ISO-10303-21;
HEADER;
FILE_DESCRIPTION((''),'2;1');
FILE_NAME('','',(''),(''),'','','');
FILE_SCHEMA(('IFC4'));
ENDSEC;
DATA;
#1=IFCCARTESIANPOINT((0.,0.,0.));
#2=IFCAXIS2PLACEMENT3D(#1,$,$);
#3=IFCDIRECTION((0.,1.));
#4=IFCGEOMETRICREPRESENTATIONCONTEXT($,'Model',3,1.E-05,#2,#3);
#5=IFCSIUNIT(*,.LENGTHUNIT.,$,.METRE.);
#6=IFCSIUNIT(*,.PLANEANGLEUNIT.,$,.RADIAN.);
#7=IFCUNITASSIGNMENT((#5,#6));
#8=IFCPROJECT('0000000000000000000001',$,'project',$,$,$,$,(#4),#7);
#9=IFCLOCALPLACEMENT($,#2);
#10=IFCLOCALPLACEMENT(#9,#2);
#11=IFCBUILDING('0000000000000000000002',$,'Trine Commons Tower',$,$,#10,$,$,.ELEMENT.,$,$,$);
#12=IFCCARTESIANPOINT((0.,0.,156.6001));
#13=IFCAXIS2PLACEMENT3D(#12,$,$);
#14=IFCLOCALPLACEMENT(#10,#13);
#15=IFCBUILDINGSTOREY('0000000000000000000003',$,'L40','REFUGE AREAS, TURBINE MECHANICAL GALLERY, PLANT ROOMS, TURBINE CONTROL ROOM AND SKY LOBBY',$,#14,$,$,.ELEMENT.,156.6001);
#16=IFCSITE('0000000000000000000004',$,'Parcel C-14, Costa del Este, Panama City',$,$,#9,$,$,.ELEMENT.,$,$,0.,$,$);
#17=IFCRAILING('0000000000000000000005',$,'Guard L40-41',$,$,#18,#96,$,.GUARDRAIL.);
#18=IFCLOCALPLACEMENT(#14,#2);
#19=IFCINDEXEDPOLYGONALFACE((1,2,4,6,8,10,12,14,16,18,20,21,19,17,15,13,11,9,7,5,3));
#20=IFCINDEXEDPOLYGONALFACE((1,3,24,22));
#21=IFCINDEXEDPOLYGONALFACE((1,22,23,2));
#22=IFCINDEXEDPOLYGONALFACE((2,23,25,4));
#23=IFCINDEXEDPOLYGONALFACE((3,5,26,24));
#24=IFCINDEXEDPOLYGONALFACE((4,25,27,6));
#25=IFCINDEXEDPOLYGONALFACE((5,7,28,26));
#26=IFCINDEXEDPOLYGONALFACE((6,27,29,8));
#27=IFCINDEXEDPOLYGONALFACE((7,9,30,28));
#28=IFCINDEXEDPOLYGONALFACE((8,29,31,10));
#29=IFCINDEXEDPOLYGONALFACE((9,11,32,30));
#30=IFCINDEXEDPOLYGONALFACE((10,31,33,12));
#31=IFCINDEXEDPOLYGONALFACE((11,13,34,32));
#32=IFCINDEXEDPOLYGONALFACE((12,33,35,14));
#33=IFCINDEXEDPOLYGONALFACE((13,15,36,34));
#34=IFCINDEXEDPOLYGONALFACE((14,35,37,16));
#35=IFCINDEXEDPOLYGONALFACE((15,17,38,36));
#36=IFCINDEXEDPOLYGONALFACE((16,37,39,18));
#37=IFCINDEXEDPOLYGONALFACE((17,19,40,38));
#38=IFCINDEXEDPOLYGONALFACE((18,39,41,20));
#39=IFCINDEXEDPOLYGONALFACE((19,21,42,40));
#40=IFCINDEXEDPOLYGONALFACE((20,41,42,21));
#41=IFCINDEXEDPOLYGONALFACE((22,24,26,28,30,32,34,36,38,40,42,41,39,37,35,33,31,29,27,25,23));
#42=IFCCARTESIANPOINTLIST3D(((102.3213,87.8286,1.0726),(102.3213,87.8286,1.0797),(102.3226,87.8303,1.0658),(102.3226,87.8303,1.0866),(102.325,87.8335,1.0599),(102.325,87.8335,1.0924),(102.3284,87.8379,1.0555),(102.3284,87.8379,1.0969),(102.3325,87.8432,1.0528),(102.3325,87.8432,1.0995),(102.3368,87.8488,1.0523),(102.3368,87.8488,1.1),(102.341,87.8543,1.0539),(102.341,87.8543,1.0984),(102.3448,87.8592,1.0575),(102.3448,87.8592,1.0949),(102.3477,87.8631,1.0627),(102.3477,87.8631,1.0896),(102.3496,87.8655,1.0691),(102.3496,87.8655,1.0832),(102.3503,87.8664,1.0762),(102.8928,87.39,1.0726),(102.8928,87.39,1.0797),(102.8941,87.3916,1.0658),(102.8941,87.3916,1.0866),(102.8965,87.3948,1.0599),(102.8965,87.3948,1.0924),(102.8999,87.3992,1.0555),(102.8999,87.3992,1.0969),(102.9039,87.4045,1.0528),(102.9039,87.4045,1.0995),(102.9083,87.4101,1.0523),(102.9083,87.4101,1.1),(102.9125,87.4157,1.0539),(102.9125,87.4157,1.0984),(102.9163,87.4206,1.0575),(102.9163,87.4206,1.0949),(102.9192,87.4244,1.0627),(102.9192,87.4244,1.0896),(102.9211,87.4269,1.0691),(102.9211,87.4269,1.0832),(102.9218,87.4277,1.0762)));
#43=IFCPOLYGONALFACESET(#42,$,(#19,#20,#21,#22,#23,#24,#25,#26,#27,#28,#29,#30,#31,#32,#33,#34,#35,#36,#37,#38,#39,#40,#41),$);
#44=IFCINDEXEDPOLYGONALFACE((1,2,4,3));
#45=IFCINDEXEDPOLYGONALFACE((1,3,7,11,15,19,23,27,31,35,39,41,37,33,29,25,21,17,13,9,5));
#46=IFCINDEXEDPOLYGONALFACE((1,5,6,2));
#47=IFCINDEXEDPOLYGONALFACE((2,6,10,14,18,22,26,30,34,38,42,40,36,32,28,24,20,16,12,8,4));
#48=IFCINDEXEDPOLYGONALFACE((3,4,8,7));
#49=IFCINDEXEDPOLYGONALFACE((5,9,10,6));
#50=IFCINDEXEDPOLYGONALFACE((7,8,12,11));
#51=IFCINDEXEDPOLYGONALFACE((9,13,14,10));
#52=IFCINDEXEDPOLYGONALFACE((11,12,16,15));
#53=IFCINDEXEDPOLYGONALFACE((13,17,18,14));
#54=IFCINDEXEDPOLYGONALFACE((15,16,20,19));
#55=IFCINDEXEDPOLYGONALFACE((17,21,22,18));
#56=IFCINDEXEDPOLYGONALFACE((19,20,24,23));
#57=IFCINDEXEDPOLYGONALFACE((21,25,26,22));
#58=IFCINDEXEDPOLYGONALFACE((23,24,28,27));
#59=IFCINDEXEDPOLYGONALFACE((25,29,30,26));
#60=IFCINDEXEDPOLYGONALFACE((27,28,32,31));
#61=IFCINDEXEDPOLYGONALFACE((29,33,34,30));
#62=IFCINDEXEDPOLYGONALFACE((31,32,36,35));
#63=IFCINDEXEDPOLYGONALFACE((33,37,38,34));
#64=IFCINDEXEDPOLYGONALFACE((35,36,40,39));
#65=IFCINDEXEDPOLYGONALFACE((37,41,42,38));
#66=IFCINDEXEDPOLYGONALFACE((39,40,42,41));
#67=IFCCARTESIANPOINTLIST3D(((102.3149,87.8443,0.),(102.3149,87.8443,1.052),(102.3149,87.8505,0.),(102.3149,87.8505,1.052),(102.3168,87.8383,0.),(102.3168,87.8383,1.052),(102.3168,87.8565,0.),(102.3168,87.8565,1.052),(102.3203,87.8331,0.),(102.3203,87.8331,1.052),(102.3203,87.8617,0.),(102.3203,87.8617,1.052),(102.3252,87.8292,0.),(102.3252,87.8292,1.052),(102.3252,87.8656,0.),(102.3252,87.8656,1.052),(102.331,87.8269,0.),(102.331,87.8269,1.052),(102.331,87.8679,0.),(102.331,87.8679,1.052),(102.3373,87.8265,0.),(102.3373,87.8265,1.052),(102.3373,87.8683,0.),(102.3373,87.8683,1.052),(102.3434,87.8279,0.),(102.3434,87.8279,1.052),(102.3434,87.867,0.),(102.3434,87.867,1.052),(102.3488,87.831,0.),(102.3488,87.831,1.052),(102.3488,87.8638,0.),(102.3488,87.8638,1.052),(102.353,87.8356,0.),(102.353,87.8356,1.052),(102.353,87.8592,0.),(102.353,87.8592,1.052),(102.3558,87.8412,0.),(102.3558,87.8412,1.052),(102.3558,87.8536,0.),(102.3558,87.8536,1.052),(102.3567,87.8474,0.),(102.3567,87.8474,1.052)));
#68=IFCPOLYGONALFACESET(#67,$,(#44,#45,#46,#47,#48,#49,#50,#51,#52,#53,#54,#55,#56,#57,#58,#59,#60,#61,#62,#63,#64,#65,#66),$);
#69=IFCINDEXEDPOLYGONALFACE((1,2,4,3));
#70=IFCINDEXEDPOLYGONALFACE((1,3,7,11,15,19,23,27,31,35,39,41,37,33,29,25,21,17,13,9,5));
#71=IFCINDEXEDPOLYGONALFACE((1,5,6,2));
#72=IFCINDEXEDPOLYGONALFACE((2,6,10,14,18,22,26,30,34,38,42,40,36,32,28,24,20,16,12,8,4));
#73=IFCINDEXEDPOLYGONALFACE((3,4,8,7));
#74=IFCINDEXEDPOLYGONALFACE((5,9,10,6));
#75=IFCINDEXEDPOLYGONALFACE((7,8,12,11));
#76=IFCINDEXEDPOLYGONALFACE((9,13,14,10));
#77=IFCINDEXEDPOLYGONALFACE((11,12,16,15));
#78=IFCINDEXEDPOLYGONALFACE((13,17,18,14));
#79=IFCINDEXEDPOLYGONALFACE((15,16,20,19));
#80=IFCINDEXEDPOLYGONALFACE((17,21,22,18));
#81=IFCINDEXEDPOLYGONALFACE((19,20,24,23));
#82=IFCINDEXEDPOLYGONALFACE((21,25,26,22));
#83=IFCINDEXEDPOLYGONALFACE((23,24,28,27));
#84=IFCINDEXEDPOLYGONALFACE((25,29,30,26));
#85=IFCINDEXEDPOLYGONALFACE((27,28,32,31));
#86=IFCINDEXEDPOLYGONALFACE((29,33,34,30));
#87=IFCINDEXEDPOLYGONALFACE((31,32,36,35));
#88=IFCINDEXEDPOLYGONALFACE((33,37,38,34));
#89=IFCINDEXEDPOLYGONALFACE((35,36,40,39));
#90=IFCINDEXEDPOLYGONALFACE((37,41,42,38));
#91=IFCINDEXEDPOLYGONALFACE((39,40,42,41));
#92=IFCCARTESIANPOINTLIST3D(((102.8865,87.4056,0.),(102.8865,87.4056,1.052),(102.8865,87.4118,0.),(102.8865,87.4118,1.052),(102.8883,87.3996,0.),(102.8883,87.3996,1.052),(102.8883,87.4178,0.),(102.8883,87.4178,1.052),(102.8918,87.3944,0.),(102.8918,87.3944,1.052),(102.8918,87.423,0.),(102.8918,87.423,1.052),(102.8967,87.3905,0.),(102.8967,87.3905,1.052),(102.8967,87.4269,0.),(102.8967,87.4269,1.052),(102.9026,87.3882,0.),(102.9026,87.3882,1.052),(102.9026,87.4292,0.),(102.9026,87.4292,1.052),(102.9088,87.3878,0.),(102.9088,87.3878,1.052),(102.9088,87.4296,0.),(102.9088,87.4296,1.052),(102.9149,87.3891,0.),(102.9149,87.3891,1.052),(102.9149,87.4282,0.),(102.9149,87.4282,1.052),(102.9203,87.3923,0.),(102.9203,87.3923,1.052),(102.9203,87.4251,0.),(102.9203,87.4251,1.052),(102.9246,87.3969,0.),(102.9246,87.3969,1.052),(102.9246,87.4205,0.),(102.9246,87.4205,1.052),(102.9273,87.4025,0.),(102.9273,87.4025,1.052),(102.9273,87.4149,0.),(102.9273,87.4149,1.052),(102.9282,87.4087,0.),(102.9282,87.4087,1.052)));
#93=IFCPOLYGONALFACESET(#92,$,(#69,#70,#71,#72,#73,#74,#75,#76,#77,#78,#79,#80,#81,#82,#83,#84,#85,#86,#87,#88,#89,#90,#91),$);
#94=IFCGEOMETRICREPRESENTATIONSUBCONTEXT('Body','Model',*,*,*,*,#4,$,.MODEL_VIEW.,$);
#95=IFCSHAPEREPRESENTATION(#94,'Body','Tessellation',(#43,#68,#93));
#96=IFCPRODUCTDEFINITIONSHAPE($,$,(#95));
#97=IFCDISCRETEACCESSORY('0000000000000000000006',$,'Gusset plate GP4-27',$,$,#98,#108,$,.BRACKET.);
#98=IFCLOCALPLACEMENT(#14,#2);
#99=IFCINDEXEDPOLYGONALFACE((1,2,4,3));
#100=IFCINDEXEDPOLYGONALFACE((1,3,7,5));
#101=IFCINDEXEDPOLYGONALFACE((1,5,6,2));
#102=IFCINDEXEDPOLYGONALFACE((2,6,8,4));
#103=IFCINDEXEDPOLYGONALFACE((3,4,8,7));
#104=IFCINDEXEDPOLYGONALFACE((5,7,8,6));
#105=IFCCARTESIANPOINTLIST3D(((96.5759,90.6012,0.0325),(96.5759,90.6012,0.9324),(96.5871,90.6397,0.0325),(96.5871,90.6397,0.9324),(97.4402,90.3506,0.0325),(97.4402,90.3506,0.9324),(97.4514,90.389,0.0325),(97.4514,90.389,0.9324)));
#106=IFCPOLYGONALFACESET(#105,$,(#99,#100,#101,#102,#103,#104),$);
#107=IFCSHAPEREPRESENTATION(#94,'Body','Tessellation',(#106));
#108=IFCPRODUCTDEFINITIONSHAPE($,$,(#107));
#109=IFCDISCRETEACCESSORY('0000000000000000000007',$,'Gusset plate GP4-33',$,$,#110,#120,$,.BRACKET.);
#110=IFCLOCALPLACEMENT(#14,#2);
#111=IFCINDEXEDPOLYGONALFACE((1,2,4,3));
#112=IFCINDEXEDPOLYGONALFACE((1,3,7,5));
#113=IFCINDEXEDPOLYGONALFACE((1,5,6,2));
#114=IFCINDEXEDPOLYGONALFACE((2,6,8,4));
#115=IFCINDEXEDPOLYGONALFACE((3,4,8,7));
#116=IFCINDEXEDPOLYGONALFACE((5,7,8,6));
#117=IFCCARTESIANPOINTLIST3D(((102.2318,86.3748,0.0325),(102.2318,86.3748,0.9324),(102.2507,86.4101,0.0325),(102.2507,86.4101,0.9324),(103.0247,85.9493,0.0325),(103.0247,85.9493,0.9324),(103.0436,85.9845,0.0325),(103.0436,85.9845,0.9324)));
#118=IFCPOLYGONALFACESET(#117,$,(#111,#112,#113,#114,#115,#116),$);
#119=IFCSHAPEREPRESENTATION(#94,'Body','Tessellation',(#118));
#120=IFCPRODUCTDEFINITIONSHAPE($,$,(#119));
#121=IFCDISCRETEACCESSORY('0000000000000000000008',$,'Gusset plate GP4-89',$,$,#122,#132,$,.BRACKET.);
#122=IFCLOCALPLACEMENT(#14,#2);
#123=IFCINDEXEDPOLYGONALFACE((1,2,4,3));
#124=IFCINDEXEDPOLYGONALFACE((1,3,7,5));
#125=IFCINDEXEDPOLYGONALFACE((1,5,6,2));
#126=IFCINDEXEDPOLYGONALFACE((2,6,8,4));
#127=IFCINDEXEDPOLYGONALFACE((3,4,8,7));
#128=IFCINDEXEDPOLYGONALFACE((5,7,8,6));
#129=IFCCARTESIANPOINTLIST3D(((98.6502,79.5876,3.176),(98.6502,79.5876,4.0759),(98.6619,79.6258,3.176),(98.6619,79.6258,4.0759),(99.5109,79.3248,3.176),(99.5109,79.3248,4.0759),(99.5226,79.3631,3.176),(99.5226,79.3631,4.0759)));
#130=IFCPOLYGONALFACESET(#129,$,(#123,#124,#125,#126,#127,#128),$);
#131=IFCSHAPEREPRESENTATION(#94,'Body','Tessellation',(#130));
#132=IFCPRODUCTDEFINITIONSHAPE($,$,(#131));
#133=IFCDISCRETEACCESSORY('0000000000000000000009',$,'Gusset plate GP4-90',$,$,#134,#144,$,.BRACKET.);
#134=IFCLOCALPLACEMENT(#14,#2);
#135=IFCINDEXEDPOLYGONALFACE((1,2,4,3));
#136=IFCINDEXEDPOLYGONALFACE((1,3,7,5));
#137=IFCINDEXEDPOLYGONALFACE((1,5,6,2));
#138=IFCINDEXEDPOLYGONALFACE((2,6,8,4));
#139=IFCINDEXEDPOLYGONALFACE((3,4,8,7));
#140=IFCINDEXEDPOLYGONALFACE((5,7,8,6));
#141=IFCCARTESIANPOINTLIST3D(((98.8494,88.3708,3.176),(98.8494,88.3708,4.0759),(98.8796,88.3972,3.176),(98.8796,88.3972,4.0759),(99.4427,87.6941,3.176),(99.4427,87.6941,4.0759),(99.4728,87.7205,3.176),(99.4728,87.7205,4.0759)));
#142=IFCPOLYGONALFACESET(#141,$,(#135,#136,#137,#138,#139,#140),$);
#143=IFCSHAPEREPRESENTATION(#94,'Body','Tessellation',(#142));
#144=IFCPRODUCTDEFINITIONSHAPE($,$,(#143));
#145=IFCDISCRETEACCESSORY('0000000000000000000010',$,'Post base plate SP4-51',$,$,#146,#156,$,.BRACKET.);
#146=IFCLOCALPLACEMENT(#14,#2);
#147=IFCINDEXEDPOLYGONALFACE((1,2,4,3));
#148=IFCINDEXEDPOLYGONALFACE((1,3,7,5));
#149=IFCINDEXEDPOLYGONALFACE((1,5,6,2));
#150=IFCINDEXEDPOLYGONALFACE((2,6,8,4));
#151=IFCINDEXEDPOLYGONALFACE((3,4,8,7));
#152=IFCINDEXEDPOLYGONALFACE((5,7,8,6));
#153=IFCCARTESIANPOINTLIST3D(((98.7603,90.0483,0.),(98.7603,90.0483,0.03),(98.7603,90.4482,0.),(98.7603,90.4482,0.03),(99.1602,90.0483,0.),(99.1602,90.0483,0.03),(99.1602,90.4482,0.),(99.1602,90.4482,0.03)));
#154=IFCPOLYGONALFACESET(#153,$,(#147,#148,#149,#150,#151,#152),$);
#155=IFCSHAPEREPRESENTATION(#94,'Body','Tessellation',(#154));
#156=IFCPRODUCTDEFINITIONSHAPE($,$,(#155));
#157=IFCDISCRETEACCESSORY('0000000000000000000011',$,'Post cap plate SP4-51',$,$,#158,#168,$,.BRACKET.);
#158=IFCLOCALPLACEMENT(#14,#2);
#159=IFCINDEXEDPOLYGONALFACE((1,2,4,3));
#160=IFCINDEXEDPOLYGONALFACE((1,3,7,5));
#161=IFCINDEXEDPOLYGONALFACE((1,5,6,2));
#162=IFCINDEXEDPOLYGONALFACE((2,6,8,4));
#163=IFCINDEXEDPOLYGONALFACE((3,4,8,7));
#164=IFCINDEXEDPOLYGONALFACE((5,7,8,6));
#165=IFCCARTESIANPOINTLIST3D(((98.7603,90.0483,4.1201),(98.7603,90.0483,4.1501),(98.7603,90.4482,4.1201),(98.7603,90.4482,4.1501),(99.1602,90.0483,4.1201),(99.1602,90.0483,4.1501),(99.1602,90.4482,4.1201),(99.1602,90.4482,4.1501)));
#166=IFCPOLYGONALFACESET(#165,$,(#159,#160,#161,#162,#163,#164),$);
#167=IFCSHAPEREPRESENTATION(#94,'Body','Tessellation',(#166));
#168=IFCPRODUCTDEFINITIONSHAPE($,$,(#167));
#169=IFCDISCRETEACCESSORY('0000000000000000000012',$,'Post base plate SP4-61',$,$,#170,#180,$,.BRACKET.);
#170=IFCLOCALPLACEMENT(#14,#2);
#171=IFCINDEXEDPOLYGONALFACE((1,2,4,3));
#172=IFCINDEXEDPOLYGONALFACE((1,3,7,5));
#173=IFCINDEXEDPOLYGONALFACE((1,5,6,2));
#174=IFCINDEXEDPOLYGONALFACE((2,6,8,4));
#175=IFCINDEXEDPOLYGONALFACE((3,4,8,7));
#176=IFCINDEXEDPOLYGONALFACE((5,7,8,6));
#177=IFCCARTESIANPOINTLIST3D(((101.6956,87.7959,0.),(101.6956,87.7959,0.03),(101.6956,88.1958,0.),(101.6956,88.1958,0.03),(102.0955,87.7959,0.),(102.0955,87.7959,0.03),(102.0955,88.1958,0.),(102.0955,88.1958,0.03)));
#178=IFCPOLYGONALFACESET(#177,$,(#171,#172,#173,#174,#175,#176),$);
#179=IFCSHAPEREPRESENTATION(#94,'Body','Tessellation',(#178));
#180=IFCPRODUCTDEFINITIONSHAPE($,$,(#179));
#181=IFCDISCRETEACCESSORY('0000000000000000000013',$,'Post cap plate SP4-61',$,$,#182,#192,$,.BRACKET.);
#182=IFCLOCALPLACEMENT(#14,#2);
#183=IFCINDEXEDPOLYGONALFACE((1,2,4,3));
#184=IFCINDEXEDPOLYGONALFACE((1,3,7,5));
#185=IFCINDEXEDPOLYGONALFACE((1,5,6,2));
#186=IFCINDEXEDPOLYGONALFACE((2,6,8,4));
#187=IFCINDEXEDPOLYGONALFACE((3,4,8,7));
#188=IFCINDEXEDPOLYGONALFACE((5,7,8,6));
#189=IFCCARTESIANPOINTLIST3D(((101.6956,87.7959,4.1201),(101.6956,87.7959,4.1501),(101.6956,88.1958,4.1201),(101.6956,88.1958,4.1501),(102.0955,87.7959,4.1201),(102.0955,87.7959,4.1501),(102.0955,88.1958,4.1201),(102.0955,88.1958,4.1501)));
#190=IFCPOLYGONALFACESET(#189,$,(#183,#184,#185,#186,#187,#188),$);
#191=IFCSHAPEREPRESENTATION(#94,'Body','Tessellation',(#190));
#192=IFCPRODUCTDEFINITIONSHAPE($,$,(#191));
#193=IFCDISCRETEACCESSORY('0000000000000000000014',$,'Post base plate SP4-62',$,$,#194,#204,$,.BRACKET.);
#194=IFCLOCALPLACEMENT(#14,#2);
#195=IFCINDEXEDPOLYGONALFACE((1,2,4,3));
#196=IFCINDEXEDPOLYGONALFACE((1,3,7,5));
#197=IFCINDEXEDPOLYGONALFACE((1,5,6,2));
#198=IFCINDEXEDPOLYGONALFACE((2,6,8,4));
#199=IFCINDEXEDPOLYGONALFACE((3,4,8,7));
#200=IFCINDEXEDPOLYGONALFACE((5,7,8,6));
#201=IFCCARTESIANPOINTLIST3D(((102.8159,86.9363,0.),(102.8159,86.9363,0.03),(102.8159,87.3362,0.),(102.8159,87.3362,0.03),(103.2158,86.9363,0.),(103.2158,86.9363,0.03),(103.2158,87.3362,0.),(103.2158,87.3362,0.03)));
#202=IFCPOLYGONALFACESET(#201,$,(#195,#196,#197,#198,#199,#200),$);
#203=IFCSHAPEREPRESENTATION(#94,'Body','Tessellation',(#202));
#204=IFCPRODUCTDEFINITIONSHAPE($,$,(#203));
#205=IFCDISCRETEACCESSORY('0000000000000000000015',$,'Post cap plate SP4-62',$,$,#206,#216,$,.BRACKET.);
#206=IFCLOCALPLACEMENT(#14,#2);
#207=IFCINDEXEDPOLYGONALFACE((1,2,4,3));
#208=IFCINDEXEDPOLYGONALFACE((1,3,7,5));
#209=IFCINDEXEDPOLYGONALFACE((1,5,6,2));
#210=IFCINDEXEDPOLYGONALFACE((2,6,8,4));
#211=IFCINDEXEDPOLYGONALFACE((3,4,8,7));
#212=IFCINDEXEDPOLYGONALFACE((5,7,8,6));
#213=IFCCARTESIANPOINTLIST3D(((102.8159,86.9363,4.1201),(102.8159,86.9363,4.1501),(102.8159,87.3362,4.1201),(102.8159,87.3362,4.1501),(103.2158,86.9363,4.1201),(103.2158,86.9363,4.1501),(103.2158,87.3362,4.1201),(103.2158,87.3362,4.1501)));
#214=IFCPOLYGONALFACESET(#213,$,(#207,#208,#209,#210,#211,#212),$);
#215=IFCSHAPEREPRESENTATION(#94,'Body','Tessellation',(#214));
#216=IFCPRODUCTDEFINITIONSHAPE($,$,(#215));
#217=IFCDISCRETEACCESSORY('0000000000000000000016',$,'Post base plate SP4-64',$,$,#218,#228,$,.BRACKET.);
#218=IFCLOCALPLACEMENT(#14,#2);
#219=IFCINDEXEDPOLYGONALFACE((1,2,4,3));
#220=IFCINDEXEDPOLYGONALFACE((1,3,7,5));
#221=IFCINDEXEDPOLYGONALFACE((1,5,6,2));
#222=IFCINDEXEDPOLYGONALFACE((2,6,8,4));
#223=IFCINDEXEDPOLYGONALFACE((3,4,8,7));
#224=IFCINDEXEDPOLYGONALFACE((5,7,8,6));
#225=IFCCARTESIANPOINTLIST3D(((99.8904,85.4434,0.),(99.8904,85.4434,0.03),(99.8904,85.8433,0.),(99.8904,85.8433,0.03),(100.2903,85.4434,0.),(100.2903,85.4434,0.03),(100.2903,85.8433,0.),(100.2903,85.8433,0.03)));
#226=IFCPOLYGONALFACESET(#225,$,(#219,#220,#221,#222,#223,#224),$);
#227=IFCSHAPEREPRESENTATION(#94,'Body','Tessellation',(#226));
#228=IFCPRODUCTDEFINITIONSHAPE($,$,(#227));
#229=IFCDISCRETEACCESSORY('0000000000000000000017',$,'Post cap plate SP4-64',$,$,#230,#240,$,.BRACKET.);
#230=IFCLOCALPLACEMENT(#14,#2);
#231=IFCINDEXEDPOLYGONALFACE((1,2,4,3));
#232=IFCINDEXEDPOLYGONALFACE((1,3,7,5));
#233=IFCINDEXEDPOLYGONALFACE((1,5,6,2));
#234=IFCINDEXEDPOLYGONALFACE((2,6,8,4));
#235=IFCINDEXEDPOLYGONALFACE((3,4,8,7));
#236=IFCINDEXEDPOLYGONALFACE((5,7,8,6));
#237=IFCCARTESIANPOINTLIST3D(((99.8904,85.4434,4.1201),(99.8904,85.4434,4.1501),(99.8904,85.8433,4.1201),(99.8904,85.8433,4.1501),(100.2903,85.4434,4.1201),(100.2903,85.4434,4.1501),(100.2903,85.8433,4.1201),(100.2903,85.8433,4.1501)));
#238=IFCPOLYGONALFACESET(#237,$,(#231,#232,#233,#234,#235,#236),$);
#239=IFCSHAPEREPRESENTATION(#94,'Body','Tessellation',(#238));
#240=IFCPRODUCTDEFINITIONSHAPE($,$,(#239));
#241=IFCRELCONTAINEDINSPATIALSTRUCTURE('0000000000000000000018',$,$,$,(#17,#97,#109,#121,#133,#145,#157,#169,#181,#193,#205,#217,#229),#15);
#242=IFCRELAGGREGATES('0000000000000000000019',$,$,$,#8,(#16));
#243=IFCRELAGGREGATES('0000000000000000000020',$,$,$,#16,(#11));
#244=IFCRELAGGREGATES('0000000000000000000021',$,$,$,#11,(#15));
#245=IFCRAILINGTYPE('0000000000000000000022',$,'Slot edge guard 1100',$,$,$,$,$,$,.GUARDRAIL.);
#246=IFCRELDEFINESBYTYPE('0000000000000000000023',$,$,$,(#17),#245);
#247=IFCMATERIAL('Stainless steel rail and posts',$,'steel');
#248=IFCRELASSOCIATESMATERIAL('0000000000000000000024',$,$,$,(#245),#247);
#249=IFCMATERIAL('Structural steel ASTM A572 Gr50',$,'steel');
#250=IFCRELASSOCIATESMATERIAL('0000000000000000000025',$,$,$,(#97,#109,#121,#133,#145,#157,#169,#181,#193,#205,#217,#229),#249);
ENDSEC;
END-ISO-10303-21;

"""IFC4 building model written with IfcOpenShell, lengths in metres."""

from ifc_helpers import new_model, si_unit, direction, frame, origin, origin_2d, place, context, subcontext, project, spatial, rectangle, circle, extrude, material, type_object, element, save


model = new_model("IFC4")

# Units and contexts
model_context = context("Model", 3, precision=1e-05, world=origin(), true_north=direction((0.0, 1.0)))
body_context = subcontext(model_context, "Body", "Model", "MODEL_VIEW")
ifc_project = project(units=[si_unit("LENGTHUNIT", "METRE"), si_unit("PLANEANGLEUNIT", "RADIAN")], contexts=[model_context])

# Site, building, storey
site_placement = place(None, origin())
site = spatial("IfcSite", under=ifc_project, at=site_placement, Name="Parcel C-14, Costa del Este, Panama City", CompositionType="ELEMENT", RefElevation=0.0)
building_placement = place(site_placement, origin())
building = spatial("IfcBuilding", under=site, at=building_placement, Name="Trine Commons Tower", CompositionType="ELEMENT")
storey_placement = place(building_placement, frame((0.0, 0.0, 156.6001)))
storey = spatial("IfcBuildingStorey", under=building, at=storey_placement, Name="L40", Description="REFUGE AREAS, TURBINE MECHANICAL GALLERY, PLANT ROOMS, TURBINE CONTROL ROOM AND SKY LOBBY", CompositionType="ELEMENT", Elevation=156.6001)

# Railing
ifc_material_1 = material(Name="Stainless steel rail and posts", Category="steel")
railing_type = type_object("IfcRailingType", Name="Slot edge guard 1100", PredefinedType="GUARDRAIL", material=ifc_material_1)
railing_1_placement = place(storey_placement, frame((102.3357, 87.8474, 0.0)))
element("IfcRailing", 1, at=railing_1_placement, inside=storey, type_object=railing_type, Name="Guard L40-41", PredefinedType="GUARDRAIL", context=body_context, shape_type="SweptSolid", body=[
    extrude(circle(Radius=0.0239, at=origin_2d()), frame((0.0, 0.0, 1.0762), z_axis=(0.793241, -0.608908, 0.0), x_axis=(0.608908, 0.793241, 0.0)), (0.0, 0.0, 1.0), 0.7205),
    extrude(circle(Radius=0.021, at=origin_2d()), origin(), (0.0, 0.0, 1.0), 1.052),
    extrude(circle(Radius=0.021, at=origin_2d()), frame((0.5715, -0.4387, 0.0)), (0.0, 0.0, 1.0), 1.052),
])

# Discrete accessories
ifc_material_2 = material(Name="Structural steel ASTM A572 Gr50", Category="steel")
for number, where, z_axis, x_axis, name in (
    (2, (97.0137, 90.4951, 0.0325), (0.0, 0.0, 1.0), (-0.96044, 0.278488, 0.0), "Gusset plate GP4-27"),
    (3, (102.6377, 86.1797, 0.0325), (0.0, 0.0, 1.0), (-0.881097, 0.472935, 0.0), "Gusset plate GP4-33"),
    (4, (99.0864, 79.4753, 3.176), (0.0, 0.0, 1.0), (-0.956437, 0.291938, 0.0), "Gusset plate GP4-89"),
    (5, (99.1611, 88.0457, 3.176), (0.0, 0.0, 1.0), (0.659254, -0.75192, 0.0), "Gusset plate GP4-90"),
):
    element("IfcDiscreteAccessory", number, at=place(storey_placement, frame(where, z_axis=z_axis, x_axis=x_axis)), inside=storey, material=ifc_material_2, Name=name, PredefinedType="BRACKET", context=body_context, shape_type="SweptSolid", body=[
        extrude(rectangle(XDim=0.8999, YDim=0.04, at=origin_2d()), origin(), (0.0, 0.0, 1.0), 0.8999),
    ])
for number, where, z_axis, x_axis, name in (
    (6, (98.9602, 90.2483, 0.0), (0.0, 0.0, 1.0), (1.0, 0.0, 0.0), "Post base plate SP4-51"),
    (7, (98.9602, 90.2483, 4.1201), (0.0, 0.0, 1.0), (1.0, 0.0, 0.0), "Post cap plate SP4-51"),
    (8, (101.8955, 87.9958, 0.0), (0.0, 0.0, 1.0), (1.0, 0.0, 0.0), "Post base plate SP4-61"),
    (9, (101.8955, 87.9958, 4.1201), (0.0, 0.0, 1.0), (1.0, 0.0, 0.0), "Post cap plate SP4-61"),
    (10, (103.0159, 87.1362, 0.0), (0.0, 0.0, 1.0), (1.0, 0.0, 0.0), "Post base plate SP4-62"),
    (11, (103.0159, 87.1362, 4.1201), (0.0, 0.0, 1.0), (1.0, 0.0, 0.0), "Post cap plate SP4-62"),
    (12, (100.0903, 85.6433, 0.0), (0.0, 0.0, 1.0), (1.0, 0.0, 0.0), "Post base plate SP4-64"),
    (13, (100.0903, 85.6433, 4.1201), (0.0, 0.0, 1.0), (1.0, 0.0, 0.0), "Post cap plate SP4-64"),
):
    element("IfcDiscreteAccessory", number, at=place(storey_placement, frame(where, z_axis=z_axis, x_axis=x_axis)), inside=storey, material=ifc_material_2, Name=name, PredefinedType="BRACKET", context=body_context, shape_type="SweptSolid", body=[
        extrude(rectangle(XDim=0.3999, YDim=0.3999, at=origin_2d()), origin(), (0.0, 0.0, 1.0), 0.03),
    ])

save(model, "model.ifc")
